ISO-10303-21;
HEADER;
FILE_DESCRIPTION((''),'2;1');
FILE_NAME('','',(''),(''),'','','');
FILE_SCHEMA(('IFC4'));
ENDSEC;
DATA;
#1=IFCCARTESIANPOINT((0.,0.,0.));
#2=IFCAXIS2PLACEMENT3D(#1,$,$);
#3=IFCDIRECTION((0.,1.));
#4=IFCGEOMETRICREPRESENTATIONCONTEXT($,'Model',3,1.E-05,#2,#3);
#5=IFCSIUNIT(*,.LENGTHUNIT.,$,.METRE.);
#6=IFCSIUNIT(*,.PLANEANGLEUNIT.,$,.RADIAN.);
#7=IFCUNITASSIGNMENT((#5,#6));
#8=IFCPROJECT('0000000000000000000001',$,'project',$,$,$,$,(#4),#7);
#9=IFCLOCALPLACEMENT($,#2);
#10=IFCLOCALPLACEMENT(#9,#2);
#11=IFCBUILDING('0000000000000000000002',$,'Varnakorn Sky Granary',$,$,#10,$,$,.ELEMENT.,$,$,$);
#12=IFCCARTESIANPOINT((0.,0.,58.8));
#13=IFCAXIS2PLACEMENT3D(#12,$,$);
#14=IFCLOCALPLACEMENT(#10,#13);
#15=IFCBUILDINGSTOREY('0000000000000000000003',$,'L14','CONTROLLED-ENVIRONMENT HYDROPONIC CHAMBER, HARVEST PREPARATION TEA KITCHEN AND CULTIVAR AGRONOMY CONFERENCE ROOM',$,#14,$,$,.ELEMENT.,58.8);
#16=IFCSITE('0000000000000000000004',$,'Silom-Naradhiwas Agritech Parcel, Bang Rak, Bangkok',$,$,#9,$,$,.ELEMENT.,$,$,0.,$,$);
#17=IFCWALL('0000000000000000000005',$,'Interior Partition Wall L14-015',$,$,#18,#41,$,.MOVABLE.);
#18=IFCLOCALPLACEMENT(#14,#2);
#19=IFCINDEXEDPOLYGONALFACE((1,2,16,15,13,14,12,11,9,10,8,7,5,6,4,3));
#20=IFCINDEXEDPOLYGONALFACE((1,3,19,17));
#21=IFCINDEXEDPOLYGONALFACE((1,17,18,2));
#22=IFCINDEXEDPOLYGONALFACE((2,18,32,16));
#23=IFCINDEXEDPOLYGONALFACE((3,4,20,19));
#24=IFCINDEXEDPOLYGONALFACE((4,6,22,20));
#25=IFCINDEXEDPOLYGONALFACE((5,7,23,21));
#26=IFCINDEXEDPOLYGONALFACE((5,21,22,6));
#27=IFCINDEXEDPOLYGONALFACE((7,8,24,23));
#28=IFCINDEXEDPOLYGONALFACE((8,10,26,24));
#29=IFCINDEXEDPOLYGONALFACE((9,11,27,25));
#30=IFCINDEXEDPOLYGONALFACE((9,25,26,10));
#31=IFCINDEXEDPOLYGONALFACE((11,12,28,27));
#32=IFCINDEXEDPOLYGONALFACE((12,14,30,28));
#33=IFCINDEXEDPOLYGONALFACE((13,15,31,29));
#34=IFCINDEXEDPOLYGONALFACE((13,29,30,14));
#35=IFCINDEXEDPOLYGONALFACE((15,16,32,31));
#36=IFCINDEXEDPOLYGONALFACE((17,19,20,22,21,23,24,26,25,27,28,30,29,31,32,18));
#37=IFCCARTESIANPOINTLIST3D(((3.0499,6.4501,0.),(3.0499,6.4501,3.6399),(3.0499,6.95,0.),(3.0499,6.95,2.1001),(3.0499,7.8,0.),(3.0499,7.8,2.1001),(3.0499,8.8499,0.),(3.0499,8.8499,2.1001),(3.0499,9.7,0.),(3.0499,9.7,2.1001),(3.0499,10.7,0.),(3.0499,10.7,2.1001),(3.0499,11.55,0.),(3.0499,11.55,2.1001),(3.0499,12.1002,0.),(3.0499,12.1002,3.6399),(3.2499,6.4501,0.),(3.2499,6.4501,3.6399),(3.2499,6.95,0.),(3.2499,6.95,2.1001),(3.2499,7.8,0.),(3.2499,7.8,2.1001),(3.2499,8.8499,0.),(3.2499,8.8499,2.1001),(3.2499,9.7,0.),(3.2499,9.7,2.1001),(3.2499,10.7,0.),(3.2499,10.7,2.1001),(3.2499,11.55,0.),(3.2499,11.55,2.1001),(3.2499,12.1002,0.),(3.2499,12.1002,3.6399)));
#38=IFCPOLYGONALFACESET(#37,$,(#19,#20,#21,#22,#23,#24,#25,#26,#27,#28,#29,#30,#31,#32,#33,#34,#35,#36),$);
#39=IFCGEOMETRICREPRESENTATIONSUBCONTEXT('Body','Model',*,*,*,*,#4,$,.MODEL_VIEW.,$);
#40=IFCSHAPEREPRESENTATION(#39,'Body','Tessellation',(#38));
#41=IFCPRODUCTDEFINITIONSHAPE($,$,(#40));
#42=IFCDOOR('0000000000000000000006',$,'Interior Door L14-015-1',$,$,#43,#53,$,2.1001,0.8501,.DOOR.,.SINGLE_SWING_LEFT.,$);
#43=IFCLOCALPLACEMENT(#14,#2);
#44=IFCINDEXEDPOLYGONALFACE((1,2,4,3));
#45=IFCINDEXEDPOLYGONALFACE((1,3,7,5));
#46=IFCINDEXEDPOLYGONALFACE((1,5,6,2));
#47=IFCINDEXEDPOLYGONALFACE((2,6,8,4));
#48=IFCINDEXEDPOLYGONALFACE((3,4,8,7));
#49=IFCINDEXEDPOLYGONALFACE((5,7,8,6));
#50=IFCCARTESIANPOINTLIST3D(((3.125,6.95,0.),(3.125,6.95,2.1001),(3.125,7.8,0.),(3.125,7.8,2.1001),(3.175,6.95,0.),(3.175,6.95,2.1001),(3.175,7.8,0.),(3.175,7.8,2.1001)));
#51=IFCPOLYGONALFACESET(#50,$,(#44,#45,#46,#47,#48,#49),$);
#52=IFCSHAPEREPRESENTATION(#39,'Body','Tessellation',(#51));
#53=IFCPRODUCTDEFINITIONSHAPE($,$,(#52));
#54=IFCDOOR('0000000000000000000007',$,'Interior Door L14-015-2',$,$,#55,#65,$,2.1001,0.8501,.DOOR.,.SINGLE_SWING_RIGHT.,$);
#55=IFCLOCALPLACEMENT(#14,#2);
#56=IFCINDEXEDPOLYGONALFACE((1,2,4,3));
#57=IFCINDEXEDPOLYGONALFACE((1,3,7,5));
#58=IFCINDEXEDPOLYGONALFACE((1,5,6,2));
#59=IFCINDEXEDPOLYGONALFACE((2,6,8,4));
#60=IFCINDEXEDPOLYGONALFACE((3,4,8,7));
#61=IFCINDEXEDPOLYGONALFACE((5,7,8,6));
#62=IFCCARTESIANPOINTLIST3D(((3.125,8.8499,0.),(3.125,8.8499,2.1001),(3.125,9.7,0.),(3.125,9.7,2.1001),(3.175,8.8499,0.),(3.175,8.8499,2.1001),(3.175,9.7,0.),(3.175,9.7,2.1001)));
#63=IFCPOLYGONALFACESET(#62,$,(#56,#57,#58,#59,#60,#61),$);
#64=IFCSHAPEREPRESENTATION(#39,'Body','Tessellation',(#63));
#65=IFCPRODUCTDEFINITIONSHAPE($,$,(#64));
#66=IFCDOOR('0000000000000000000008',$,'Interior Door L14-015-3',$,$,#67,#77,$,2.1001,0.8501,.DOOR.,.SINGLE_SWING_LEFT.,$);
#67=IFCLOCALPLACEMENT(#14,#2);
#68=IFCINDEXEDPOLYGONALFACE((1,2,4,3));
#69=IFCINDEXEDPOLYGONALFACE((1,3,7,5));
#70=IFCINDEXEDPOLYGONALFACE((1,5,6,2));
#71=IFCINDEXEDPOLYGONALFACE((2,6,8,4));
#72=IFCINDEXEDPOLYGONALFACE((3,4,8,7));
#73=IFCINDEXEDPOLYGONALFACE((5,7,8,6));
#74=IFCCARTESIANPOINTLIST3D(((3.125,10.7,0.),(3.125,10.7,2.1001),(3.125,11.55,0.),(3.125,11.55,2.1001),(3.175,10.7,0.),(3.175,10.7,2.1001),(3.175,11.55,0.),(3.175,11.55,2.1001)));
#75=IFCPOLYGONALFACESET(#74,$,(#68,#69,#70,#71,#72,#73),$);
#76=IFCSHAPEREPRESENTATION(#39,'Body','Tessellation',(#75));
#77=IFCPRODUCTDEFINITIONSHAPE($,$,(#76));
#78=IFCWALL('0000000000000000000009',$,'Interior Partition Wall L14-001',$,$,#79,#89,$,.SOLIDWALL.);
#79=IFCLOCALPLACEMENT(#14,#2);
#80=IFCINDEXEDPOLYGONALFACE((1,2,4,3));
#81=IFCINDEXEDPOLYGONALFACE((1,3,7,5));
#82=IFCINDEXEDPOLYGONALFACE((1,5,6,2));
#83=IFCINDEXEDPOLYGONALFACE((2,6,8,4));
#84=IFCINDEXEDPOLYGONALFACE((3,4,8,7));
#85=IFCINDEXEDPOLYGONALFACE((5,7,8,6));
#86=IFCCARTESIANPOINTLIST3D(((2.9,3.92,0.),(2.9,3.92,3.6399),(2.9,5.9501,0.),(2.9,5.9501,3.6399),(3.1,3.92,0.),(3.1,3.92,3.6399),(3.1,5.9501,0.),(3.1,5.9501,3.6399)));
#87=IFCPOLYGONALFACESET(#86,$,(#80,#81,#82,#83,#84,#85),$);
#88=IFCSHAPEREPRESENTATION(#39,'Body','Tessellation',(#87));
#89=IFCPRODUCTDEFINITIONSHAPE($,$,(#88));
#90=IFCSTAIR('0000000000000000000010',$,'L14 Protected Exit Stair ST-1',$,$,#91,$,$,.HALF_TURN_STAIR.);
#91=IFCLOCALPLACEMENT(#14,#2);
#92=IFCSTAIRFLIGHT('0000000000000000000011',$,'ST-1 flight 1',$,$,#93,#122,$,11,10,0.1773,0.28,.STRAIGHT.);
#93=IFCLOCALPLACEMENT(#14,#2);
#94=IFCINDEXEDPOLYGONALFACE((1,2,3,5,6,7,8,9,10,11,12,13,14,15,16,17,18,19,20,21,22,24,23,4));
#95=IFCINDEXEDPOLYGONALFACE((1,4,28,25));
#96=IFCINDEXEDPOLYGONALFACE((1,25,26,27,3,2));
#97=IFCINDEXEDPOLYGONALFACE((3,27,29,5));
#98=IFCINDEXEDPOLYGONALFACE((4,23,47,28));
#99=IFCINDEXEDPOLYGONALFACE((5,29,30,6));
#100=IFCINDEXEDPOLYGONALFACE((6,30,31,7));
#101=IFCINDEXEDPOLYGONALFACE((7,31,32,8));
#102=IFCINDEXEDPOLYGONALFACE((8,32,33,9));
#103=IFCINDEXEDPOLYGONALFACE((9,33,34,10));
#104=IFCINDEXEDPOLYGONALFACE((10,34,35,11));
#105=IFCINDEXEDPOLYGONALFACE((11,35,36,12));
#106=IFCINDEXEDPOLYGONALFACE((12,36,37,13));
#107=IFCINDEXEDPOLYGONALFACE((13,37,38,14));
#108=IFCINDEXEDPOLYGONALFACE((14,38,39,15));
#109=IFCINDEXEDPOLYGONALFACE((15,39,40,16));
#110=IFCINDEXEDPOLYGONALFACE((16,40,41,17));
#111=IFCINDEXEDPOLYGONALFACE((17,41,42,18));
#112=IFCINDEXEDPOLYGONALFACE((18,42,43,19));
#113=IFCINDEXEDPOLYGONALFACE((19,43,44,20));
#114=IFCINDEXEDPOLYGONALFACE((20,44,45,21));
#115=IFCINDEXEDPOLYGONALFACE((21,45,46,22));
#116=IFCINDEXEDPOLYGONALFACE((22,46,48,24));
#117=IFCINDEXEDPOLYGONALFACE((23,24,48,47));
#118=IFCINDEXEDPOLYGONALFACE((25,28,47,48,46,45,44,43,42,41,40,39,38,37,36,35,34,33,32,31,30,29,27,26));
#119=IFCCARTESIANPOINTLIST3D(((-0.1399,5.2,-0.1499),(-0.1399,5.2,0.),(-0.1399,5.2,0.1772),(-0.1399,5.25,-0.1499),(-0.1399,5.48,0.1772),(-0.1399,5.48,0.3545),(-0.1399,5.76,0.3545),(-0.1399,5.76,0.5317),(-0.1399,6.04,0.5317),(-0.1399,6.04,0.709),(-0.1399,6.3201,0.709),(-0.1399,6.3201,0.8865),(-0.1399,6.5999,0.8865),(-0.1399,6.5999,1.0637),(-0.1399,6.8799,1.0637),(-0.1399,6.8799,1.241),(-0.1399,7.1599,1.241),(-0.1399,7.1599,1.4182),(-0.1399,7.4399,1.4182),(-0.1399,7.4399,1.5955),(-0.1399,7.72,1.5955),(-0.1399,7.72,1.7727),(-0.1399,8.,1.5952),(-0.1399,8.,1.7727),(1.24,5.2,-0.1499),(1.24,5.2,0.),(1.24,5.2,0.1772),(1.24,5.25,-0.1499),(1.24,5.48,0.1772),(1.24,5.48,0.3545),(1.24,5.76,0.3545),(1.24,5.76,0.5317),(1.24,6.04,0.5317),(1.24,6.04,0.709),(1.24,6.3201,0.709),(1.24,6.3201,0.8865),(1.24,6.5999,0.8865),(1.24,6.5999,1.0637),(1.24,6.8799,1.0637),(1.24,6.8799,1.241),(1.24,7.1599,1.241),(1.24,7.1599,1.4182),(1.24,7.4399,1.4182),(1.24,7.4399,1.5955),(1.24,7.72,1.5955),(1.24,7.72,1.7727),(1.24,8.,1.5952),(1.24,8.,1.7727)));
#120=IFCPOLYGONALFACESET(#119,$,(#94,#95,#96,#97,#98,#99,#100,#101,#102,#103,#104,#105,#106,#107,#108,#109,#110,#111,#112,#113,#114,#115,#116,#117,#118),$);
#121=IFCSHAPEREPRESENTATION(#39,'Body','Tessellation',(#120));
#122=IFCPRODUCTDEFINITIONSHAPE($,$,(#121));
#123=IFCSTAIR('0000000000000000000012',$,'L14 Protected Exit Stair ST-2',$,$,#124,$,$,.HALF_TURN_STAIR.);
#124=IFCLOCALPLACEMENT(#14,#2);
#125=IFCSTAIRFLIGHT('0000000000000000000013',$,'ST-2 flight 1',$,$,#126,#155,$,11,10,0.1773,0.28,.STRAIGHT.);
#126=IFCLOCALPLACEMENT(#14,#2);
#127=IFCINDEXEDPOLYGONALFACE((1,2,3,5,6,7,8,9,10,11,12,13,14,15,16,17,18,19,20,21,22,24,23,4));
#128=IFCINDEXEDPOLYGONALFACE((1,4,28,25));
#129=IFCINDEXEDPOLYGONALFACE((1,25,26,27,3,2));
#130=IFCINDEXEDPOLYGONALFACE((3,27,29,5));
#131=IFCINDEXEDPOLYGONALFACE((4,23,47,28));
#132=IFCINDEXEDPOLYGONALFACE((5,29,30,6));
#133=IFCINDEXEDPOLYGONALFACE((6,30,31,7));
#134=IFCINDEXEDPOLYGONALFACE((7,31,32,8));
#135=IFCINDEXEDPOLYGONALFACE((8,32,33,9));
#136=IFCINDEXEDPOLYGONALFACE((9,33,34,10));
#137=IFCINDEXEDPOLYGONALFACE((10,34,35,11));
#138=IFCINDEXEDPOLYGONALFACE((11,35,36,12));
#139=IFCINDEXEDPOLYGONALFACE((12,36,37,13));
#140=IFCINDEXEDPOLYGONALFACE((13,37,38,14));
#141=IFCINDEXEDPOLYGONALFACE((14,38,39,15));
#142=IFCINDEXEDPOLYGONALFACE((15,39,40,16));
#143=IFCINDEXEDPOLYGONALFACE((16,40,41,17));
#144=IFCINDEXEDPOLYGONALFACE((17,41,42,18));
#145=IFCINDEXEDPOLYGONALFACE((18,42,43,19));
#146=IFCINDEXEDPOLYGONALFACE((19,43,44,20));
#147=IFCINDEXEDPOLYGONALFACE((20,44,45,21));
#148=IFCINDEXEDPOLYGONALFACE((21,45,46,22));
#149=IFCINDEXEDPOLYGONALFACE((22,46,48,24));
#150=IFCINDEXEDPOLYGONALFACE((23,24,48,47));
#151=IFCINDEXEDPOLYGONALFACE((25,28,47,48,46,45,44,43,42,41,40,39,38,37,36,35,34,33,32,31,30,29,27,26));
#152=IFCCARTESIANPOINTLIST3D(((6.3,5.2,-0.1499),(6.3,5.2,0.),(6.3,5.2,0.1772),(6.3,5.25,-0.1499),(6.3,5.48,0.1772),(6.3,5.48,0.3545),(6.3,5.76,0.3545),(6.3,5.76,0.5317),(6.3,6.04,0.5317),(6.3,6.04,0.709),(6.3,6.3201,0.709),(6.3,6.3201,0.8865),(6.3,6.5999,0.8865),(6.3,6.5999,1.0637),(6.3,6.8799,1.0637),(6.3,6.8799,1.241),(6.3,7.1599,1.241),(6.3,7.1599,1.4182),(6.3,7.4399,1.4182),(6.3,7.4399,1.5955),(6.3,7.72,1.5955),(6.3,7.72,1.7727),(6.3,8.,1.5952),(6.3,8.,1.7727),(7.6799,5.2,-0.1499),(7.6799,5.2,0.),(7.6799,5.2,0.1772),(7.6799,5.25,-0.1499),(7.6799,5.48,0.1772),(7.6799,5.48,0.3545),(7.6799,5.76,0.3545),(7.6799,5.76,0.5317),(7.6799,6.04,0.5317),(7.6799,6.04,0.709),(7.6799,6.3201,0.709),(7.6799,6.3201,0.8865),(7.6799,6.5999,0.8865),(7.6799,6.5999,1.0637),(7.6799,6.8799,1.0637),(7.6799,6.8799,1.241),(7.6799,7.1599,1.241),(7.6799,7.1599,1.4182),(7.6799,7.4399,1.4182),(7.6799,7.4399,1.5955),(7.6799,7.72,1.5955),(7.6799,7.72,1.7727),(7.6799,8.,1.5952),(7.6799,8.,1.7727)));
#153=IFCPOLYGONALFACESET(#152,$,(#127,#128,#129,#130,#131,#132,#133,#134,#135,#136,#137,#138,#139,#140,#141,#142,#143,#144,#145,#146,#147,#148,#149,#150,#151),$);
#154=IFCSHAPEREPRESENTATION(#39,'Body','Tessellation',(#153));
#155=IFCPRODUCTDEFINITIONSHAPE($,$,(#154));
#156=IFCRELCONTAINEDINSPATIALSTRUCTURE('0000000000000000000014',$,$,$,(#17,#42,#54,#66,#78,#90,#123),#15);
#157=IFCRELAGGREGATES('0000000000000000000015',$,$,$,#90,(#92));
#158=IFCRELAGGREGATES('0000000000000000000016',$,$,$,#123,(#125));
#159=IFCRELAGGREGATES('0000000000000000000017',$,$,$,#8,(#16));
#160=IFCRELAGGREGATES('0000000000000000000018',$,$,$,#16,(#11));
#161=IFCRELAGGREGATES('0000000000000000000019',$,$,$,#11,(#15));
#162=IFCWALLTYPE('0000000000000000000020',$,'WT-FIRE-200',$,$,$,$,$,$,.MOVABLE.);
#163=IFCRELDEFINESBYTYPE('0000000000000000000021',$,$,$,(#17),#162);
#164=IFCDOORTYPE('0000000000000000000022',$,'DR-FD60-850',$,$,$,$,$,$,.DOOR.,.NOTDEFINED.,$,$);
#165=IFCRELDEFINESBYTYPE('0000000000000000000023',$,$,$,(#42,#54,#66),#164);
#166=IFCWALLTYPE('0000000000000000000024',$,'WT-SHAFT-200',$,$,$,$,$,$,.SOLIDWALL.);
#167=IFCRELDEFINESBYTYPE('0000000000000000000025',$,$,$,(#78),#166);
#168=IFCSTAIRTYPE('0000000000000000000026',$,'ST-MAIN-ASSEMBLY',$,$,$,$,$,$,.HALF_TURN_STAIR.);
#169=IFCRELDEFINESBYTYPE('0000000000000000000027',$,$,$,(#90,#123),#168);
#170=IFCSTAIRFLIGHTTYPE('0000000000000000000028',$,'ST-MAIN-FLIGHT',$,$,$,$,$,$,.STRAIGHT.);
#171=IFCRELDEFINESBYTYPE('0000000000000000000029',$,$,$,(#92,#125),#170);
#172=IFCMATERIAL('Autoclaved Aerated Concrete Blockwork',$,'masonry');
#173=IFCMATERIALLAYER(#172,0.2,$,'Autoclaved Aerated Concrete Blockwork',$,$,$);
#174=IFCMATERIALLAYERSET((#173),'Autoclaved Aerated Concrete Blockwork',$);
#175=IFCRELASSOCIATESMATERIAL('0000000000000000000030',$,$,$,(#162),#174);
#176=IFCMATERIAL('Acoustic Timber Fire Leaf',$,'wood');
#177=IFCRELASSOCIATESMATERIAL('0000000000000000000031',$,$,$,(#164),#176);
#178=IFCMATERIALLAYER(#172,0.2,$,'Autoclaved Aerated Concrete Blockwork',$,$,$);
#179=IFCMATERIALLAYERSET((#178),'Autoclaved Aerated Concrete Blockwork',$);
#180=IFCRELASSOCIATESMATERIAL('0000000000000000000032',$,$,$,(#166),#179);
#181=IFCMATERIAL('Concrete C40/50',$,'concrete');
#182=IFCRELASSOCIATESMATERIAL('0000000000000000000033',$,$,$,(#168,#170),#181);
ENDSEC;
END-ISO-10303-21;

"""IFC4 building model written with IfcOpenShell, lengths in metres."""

from ifc_helpers import new_model, si_unit, direction, frame, frame_2d, origin, place, context, subcontext, project, spatial, polyline, rectangle, outline, extrude, material, layer, layer_set, type_object, element, fill, aggregate, save


model = new_model("IFC4")

# Units and contexts
model_context = context("Model", 3, precision=1e-05, world=origin(), true_north=direction((0.0, 1.0)))
body_context = subcontext(model_context, "Body", "Model", "MODEL_VIEW")
ifc_project = project(units=[si_unit("LENGTHUNIT", "METRE"), si_unit("PLANEANGLEUNIT", "RADIAN")], contexts=[model_context])

# Site, building, storey
site_placement = place(None, origin())
site = spatial("IfcSite", under=ifc_project, at=site_placement, Name="Silom-Naradhiwas Agritech Parcel, Bang Rak, Bangkok", CompositionType="ELEMENT", RefElevation=0.0)
building_placement = place(site_placement, origin())
building = spatial("IfcBuilding", under=site, at=building_placement, Name="Varnakorn Sky Granary", CompositionType="ELEMENT")
storey_placement = place(building_placement, frame((0.0, 0.0, 58.8)))
storey = spatial("IfcBuildingStorey", under=building, at=storey_placement, Name="L14", Description="CONTROLLED-ENVIRONMENT HYDROPONIC CHAMBER, HARVEST PREPARATION TEA KITCHEN AND CULTIVAR AGRONOMY CONFERENCE ROOM", CompositionType="ELEMENT", Elevation=58.8)

# Wall, openings, doors
ifc_material_1 = material(Name="Autoclaved Aerated Concrete Blockwork", Category="masonry")
ifc_layer_1 = layer(ifc_material_1, 0.2, Name="Autoclaved Aerated Concrete Blockwork")
ifc_layer_set_1 = layer_set([ifc_layer_1], Name="Autoclaved Aerated Concrete Blockwork")
wall_type_1 = type_object("IfcWallType", Name="WT-FIRE-200", PredefinedType="MOVABLE", material=ifc_layer_set_1)
wall_1_placement = place(storey_placement, frame((3.1499, 6.45, 0.0), z_axis=(0.0, 0.0, 1.0), x_axis=(0.0, 1.0, 0.0)))
wall_1 = element("IfcWall", 1, at=wall_1_placement, inside=storey, type_object=wall_type_1, Name="Interior Partition Wall L14-015", PredefinedType="MOVABLE", context=body_context, shape_type="SweptSolid", body=[
    extrude(rectangle(XDim=5.6501, YDim=0.2, at=frame_2d((2.8252, 0.0))), origin(), (0.0, 0.0, 1.0), 3.6399),
])
opening_1_placement = place(wall_1_placement, frame((0.5, 0.0, 0.0)))
opening_1 = element("IfcOpeningElement", 2, at=opening_1_placement, cuts=wall_1, PredefinedType="OPENING", context=body_context, shape_type="SweptSolid", body=[
    extrude(rectangle(XDim=0.8501, YDim=2.1001, at=frame_2d((0.425, 1.05))), frame((0.0, 0.1099, 0.0), z_axis=(0.0, -1.0, 0.0), x_axis=(1.0, 0.0, 0.0)), (0.0, 0.0, 1.0), 0.22),
])
opening_2_placement = place(wall_1_placement, frame((2.3999, 0.0, 0.0)))
opening_2 = element("IfcOpeningElement", 3, at=opening_2_placement, cuts=wall_1, PredefinedType="OPENING", context=body_context, shape_type="SweptSolid", body=[
    extrude(rectangle(XDim=0.8501, YDim=2.1001, at=frame_2d((0.425, 1.05))), frame((0.0, 0.1099, 0.0), z_axis=(0.0, -1.0, 0.0), x_axis=(1.0, 0.0, 0.0)), (0.0, 0.0, 1.0), 0.22),
])
opening_3_placement = place(wall_1_placement, frame((4.25, 0.0, 0.0)))
opening_3 = element("IfcOpeningElement", 4, at=opening_3_placement, cuts=wall_1, PredefinedType="OPENING", context=body_context, shape_type="SweptSolid", body=[
    extrude(rectangle(XDim=0.8501, YDim=2.1001, at=frame_2d((0.425, 1.05))), frame((0.0, 0.1099, 0.0), z_axis=(0.0, -1.0, 0.0), x_axis=(1.0, 0.0, 0.0)), (0.0, 0.0, 1.0), 0.22),
])
ifc_material_2 = material(Name="Acoustic Timber Fire Leaf", Category="wood")
door_type = type_object("IfcDoorType", Name="DR-FD60-850", OperationType="NOTDEFINED", PredefinedType="DOOR", material=ifc_material_2)
door_1_placement = place(opening_1_placement, origin())
door_1 = element("IfcDoor", 5, at=door_1_placement, inside=storey, type_object=door_type, Name="Interior Door L14-015-1", OperationType="SINGLE_SWING_LEFT", OverallHeight=2.1001, OverallWidth=0.8501, PredefinedType="DOOR", context=body_context, shape_type="SweptSolid", body=[
    extrude(rectangle(XDim=0.8501, YDim=2.1001, at=frame_2d((0.425, 1.05))), frame((0.0, 0.0249, 0.0), z_axis=(0.0, -1.0, 0.0), x_axis=(1.0, 0.0, 0.0)), (0.0, 0.0, 1.0), 0.05),
])
fill(opening_1, door_1)
door_2_placement = place(opening_2_placement, origin())
door_2 = element("IfcDoor", 6, at=door_2_placement, inside=storey, type_object=door_type, Name="Interior Door L14-015-2", OperationType="SINGLE_SWING_RIGHT", OverallHeight=2.1001, OverallWidth=0.8501, PredefinedType="DOOR", context=body_context, shape_type="SweptSolid", body=[
    extrude(rectangle(XDim=0.8501, YDim=2.1001, at=frame_2d((0.425, 1.05))), frame((0.0, 0.0249, 0.0), z_axis=(0.0, -1.0, 0.0), x_axis=(1.0, 0.0, 0.0)), (0.0, 0.0, 1.0), 0.05),
])
fill(opening_2, door_2)
door_3_placement = place(opening_3_placement, origin())
door_3 = element("IfcDoor", 7, at=door_3_placement, inside=storey, type_object=door_type, Name="Interior Door L14-015-3", OperationType="SINGLE_SWING_LEFT", OverallHeight=2.1001, OverallWidth=0.8501, PredefinedType="DOOR", context=body_context, shape_type="SweptSolid", body=[
    extrude(rectangle(XDim=0.8501, YDim=2.1001, at=frame_2d((0.425, 1.05))), frame((0.0, 0.0249, 0.0), z_axis=(0.0, -1.0, 0.0), x_axis=(1.0, 0.0, 0.0)), (0.0, 0.0, 1.0), 0.05),
])
fill(opening_3, door_3)

# Wall
ifc_layer_2 = layer(ifc_material_1, 0.2, Name="Autoclaved Aerated Concrete Blockwork")
ifc_layer_set_2 = layer_set([ifc_layer_2], Name="Autoclaved Aerated Concrete Blockwork")
wall_type_2 = type_object("IfcWallType", Name="WT-SHAFT-200", PredefinedType="SOLIDWALL", material=ifc_layer_set_2)
wall_2_placement = place(storey_placement, frame((3.0, 3.9199, 0.0), z_axis=(0.0, 0.0, 1.0), x_axis=(0.0, 1.0, 0.0)))
element("IfcWall", 8, at=wall_2_placement, inside=storey, type_object=wall_type_2, Name="Interior Partition Wall L14-001", PredefinedType="SOLIDWALL", context=body_context, shape_type="SweptSolid", body=[
    extrude(rectangle(XDim=2.03, YDim=0.2, at=frame_2d((1.0151, 0.0))), origin(), (0.0, 0.0, 1.0), 3.6399),
])

# Stair, stair flight
ifc_material_3 = material(Name="Concrete C40/50", Category="concrete")
stair_type = type_object("IfcStairType", Name="ST-MAIN-ASSEMBLY", PredefinedType="HALF_TURN_STAIR", material=ifc_material_3)
stair_1_placement = place(storey_placement, origin())
stair_1 = element("IfcStair", 9, at=stair_1_placement, inside=storey, type_object=stair_type, Name="L14 Protected Exit Stair ST-1", PredefinedType="HALF_TURN_STAIR")
stair_flight_type = type_object("IfcStairFlightType", Name="ST-MAIN-FLIGHT", PredefinedType="STRAIGHT", material=ifc_material_3)
stair_flight_1_placement = place(storey_placement, frame((0.55, 5.2, 0.0), z_axis=(0.0, 0.0, 1.0), x_axis=(0.0, 1.0, 0.0)))
stair_flight_1 = element("IfcStairFlight", 10, at=stair_flight_1_placement, type_object=stair_flight_type, Name="ST-1 flight 1", NumberOfRisers=11, NumberOfTreads=10, PredefinedType="STRAIGHT", RiserHeight=0.1773, TreadLength=0.28, context=body_context, shape_type="SweptSolid", body=[
    extrude(outline(polyline([(0.0, -0.1499), (0.0, 0.0), (0.0, 0.1772), (0.28, 0.1772), (0.28, 0.3545), (0.5601, 0.3545), (0.5601, 0.5317), (0.8401, 0.5317), (0.8401, 0.709), (1.1201, 0.709), (1.1201, 0.8865), (1.3999, 0.8865), (1.3999, 1.0637), (1.6799, 1.0637), (1.6799, 1.241), (1.96, 1.241), (1.96, 1.4182), (2.24, 1.4182), (2.24, 1.5955), (2.52, 1.5955), (2.52, 1.7727), (2.8, 1.7727), (2.8, 1.95), (2.8, 1.5952), (0.05, -0.1499), (0.0, -0.1499)])), frame((0.0, 0.6899, 0.0), z_axis=(0.0, -1.0, 0.0), x_axis=(1.0, 0.0, 0.0)), (0.0, 0.0, 1.0), 1.3799),
])
aggregate(stair_1, [stair_flight_1])

# Stair, stair flight
stair_2_placement = place(storey_placement, origin())
stair_2 = element("IfcStair", 11, at=stair_2_placement, inside=storey, type_object=stair_type, Name="L14 Protected Exit Stair ST-2", PredefinedType="HALF_TURN_STAIR")
stair_flight_2_placement = place(storey_placement, frame((6.99, 5.2, 0.0), z_axis=(0.0, 0.0, 1.0), x_axis=(0.0, 1.0, 0.0)))
stair_flight_2 = element("IfcStairFlight", 12, at=stair_flight_2_placement, type_object=stair_flight_type, Name="ST-2 flight 1", NumberOfRisers=11, NumberOfTreads=10, PredefinedType="STRAIGHT", RiserHeight=0.1773, TreadLength=0.28, context=body_context, shape_type="SweptSolid", body=[
    extrude(outline(polyline([(0.0, -0.1499), (0.0, 0.0), (0.0, 0.1772), (0.28, 0.1772), (0.28, 0.3545), (0.5601, 0.3545), (0.5601, 0.5317), (0.8401, 0.5317), (0.8401, 0.709), (1.1201, 0.709), (1.1201, 0.8865), (1.3999, 0.8865), (1.3999, 1.0637), (1.6799, 1.0637), (1.6799, 1.241), (1.96, 1.241), (1.96, 1.4182), (2.24, 1.4182), (2.24, 1.5955), (2.52, 1.5955), (2.52, 1.7727), (2.8, 1.7727), (2.8, 1.95), (2.8, 1.5952), (0.05, -0.1499), (0.0, -0.1499)])), frame((0.0, 0.6899, 0.0), z_axis=(0.0, -1.0, 0.0), x_axis=(1.0, 0.0, 0.0)), (0.0, 0.0, 1.0), 1.3799),
])
aggregate(stair_2, [stair_flight_2])

save(model, "model.ifc")
